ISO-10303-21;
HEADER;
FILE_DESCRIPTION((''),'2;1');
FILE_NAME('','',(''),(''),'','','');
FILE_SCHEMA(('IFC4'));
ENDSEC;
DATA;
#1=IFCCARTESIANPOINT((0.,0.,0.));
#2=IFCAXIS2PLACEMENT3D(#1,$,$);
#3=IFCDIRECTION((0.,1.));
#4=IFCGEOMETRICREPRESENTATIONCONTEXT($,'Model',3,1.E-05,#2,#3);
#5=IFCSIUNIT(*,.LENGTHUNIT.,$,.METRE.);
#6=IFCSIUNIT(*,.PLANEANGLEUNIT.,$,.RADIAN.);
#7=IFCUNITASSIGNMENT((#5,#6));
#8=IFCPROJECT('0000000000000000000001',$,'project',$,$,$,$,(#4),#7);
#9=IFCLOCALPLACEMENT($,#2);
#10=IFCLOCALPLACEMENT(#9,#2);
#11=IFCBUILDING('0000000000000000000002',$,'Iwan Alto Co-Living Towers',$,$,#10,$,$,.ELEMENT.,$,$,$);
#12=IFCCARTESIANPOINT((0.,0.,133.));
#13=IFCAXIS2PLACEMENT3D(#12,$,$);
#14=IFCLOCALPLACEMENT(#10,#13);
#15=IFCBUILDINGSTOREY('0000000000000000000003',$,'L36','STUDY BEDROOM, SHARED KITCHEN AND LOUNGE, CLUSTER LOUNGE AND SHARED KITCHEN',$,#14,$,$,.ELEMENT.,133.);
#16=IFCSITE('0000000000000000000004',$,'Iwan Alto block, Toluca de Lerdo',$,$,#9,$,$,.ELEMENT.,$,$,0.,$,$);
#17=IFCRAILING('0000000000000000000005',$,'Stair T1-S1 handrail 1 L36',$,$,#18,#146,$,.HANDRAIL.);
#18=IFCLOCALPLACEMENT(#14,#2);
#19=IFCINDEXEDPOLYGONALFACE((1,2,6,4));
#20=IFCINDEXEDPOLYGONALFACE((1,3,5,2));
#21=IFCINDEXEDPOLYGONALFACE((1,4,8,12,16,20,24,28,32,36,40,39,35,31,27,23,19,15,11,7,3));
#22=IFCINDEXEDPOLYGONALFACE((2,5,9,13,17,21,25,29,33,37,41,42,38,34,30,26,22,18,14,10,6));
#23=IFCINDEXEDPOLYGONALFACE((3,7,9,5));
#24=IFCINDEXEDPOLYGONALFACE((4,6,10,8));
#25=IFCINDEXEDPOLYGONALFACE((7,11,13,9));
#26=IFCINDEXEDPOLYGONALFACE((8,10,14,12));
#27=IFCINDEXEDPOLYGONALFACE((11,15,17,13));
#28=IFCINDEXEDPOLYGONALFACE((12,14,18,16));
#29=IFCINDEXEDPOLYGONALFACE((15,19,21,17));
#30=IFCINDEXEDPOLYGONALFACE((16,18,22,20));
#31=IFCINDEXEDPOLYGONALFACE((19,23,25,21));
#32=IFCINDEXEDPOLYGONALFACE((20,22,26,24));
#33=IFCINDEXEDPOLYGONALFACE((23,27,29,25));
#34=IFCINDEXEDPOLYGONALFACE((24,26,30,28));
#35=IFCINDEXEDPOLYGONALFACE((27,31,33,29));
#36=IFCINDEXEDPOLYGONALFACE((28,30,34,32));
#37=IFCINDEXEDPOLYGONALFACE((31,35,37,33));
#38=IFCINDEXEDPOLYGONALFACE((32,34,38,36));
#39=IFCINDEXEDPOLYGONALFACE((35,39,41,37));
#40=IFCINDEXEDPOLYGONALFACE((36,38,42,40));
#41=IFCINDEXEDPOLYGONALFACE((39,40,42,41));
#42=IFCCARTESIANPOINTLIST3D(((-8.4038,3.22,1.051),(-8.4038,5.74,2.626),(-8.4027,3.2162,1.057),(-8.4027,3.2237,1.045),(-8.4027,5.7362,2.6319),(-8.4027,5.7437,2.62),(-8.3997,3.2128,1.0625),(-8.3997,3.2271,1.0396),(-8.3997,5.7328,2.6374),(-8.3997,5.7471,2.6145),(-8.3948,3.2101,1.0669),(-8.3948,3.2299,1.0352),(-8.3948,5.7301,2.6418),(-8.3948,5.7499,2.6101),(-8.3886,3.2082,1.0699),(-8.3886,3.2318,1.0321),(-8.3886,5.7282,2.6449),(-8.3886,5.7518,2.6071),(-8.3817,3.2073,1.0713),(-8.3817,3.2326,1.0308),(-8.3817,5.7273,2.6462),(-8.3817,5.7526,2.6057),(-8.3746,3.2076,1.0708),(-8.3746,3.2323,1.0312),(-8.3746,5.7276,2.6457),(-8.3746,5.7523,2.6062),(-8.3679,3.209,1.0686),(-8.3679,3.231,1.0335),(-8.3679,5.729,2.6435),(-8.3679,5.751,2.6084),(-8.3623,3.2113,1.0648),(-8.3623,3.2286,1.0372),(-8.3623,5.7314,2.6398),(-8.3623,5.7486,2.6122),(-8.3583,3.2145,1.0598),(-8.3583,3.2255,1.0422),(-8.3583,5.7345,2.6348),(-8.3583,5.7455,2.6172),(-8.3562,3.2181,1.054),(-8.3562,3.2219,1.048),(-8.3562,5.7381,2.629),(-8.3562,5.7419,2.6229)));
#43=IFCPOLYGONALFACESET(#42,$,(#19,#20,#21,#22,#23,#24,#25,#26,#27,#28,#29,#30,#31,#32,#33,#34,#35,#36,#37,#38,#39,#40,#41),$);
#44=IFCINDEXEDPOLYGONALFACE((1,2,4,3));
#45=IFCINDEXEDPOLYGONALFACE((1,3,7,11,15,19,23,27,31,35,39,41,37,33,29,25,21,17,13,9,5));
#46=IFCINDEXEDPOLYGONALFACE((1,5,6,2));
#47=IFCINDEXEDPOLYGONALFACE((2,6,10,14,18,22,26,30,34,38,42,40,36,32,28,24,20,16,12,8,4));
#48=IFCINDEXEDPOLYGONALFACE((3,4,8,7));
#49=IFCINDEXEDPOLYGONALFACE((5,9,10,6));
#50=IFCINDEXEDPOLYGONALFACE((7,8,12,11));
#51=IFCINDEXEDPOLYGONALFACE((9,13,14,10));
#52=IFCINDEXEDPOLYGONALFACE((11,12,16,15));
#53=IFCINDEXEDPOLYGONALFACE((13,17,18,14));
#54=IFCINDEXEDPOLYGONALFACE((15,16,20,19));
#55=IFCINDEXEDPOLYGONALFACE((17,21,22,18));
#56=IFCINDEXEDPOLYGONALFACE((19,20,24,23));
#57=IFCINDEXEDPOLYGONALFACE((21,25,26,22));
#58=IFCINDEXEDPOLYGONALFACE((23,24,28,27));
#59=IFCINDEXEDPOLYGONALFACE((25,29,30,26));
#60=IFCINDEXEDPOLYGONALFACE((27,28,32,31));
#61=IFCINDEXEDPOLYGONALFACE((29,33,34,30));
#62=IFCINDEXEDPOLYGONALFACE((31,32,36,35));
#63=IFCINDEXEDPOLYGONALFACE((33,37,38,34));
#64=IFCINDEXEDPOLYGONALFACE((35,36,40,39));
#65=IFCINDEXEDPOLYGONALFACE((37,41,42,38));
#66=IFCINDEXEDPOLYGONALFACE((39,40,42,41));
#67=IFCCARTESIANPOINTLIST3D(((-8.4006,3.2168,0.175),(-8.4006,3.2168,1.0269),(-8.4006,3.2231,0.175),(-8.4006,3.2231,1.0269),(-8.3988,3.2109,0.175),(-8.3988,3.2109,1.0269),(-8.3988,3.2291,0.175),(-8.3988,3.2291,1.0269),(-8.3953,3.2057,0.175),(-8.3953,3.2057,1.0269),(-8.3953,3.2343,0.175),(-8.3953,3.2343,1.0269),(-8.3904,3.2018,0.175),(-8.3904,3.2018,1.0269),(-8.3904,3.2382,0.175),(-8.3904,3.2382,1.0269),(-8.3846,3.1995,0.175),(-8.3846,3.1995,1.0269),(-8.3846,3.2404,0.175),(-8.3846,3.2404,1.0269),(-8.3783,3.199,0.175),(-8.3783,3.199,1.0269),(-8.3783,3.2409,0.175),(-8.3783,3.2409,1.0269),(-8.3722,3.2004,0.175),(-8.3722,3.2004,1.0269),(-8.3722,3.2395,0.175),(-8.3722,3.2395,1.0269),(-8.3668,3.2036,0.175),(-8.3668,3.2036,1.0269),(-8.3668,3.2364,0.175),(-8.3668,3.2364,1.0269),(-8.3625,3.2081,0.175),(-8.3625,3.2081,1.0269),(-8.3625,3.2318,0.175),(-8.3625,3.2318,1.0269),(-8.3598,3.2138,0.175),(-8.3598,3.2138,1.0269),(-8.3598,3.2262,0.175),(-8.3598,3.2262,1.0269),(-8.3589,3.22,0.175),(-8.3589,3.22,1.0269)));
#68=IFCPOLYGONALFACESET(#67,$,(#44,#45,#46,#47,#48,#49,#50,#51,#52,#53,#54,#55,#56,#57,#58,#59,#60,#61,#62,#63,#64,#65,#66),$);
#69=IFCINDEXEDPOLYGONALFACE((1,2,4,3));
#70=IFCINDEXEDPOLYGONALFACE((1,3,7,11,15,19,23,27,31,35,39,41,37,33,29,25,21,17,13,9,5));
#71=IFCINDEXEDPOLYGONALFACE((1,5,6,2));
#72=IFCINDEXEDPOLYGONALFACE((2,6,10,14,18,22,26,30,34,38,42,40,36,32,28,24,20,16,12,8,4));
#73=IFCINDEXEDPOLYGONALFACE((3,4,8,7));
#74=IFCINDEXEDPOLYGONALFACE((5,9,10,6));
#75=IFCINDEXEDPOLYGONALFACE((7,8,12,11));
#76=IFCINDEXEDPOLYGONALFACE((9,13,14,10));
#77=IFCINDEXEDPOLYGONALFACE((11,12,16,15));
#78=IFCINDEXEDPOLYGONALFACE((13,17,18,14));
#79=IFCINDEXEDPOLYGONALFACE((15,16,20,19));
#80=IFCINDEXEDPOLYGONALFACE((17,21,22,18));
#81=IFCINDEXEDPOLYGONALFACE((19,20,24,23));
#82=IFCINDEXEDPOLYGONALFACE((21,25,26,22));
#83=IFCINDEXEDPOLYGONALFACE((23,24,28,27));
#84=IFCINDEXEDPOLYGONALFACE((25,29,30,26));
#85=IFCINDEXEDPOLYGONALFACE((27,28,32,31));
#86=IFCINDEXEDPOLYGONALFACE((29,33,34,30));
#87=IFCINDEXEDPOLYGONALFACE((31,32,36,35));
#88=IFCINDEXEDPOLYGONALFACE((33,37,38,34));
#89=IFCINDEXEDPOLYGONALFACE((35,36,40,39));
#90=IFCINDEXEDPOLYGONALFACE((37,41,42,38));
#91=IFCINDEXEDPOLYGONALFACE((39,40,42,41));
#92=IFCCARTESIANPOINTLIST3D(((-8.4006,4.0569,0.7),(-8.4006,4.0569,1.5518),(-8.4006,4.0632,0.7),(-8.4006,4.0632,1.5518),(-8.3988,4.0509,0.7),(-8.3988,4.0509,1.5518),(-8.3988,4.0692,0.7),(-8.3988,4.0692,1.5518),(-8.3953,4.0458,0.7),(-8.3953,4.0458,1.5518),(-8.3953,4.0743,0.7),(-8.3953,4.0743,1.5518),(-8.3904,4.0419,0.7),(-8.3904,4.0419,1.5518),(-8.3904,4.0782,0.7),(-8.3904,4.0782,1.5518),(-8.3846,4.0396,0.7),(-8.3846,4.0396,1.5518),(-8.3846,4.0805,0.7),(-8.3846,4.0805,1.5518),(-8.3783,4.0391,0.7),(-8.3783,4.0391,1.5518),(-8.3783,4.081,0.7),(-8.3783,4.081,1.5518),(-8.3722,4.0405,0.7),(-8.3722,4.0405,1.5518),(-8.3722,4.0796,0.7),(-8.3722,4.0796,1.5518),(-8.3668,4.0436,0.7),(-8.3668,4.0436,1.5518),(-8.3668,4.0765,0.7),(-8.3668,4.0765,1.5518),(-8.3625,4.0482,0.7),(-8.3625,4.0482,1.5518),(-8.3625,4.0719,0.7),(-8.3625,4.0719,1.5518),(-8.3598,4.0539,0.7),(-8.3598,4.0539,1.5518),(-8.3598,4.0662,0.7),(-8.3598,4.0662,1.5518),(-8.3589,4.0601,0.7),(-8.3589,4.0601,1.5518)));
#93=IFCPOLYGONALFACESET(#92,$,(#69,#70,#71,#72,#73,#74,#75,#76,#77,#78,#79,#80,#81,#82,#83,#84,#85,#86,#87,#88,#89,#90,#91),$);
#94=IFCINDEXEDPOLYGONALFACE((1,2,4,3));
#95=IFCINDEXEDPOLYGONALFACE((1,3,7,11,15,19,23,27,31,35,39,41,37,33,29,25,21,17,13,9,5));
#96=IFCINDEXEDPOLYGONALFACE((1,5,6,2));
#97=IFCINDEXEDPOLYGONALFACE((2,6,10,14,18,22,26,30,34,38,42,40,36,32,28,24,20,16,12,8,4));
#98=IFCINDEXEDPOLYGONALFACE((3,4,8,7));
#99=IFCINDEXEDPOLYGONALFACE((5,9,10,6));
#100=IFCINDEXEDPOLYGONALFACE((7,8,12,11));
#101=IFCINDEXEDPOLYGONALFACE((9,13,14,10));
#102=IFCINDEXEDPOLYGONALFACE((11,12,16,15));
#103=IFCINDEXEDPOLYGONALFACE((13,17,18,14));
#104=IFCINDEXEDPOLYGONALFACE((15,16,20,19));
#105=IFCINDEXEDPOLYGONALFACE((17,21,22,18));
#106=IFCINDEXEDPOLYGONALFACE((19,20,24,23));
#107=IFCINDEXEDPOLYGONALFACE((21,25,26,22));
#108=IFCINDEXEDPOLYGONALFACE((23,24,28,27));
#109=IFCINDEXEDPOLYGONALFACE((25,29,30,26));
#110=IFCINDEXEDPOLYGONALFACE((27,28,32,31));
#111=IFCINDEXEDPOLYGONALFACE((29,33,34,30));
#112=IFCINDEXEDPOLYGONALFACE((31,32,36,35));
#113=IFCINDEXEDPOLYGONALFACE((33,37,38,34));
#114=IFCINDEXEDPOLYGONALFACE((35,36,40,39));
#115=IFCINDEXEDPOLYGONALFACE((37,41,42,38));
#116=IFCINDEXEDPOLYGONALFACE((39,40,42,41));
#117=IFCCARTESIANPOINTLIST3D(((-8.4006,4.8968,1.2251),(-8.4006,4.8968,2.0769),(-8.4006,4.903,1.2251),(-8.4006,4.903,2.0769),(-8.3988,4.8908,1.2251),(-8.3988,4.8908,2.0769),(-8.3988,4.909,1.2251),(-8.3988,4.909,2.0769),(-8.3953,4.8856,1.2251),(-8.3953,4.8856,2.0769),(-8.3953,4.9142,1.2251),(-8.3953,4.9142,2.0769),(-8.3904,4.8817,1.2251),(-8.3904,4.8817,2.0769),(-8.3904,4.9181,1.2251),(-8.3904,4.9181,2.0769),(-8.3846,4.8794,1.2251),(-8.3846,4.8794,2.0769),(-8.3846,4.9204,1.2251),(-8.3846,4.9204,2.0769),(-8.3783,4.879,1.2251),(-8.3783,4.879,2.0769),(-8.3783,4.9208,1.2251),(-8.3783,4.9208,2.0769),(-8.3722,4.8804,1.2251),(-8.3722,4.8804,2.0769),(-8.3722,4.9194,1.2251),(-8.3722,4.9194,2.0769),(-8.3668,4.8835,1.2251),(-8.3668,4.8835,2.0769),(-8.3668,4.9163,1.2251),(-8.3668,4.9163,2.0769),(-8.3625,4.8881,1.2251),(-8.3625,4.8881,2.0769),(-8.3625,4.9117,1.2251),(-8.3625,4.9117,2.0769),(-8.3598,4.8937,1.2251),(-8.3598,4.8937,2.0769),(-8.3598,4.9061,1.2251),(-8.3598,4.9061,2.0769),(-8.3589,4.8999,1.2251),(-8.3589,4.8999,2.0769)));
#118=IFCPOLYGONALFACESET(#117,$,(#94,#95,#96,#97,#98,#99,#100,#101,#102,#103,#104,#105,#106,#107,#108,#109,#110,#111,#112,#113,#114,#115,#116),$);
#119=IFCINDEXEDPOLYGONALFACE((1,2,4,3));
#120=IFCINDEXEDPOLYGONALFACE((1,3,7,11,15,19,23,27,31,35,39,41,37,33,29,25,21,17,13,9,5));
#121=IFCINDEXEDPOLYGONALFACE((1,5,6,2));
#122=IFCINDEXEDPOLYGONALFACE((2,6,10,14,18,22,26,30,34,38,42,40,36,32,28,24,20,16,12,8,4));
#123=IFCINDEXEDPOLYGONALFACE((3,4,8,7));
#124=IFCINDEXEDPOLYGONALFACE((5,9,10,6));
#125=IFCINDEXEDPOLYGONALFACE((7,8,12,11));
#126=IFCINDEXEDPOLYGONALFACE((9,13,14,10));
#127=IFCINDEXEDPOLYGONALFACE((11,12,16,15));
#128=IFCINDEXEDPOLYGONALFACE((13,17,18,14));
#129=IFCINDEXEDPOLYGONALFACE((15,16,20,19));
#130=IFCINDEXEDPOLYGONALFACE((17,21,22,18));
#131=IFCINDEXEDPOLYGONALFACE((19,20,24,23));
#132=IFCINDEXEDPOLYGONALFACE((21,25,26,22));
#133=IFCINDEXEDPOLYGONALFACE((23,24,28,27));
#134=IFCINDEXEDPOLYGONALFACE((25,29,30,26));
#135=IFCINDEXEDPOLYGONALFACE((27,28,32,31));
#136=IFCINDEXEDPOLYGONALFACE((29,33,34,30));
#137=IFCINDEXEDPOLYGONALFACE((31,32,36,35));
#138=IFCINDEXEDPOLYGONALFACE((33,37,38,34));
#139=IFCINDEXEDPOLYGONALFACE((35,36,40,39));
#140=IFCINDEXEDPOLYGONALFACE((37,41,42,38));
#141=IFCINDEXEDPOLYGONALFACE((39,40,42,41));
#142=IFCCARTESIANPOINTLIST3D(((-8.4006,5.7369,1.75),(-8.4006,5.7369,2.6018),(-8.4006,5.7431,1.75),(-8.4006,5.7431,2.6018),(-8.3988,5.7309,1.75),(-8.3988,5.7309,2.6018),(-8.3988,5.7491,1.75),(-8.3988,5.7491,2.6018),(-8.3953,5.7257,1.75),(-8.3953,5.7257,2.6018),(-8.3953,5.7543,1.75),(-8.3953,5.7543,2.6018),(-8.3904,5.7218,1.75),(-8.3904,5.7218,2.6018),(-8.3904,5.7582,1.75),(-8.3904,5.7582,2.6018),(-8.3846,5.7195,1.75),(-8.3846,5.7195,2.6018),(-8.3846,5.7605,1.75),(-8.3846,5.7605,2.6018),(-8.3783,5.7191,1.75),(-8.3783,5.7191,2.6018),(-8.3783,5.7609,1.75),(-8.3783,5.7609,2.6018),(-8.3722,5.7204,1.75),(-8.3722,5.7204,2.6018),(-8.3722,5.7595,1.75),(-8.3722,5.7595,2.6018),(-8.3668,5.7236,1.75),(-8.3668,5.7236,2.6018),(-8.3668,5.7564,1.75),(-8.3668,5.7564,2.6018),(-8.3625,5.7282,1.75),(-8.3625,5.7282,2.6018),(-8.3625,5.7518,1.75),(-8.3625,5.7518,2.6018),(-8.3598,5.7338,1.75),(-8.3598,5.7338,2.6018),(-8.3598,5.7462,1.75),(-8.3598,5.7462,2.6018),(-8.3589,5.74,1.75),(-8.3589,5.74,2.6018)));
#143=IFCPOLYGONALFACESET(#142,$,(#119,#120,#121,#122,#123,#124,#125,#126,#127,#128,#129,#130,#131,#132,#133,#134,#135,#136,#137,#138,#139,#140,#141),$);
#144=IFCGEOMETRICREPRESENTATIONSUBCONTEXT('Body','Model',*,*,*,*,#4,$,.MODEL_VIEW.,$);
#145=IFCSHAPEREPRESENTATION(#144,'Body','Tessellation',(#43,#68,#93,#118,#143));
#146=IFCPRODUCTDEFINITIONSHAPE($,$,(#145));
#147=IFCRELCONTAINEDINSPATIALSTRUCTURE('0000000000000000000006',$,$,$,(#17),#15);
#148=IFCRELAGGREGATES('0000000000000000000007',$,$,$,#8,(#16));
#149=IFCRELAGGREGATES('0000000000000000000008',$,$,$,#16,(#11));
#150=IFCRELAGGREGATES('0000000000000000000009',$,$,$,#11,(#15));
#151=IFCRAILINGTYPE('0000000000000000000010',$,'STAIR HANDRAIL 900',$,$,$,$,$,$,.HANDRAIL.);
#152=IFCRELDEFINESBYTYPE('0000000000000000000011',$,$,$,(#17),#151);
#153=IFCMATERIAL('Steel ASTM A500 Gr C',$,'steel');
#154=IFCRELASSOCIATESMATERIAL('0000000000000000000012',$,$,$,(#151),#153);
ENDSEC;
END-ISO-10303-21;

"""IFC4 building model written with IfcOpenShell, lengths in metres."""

from ifc_helpers import new_model, si_unit, direction, frame, origin, origin_2d, place, context, subcontext, project, spatial, circle, extrude, material, type_object, element, save


model = new_model("IFC4")

# Units and contexts
model_context = context("Model", 3, precision=1e-05, world=origin(), true_north=direction((0.0, 1.0)))
body_context = subcontext(model_context, "Body", "Model", "MODEL_VIEW")
ifc_project = project(units=[si_unit("LENGTHUNIT", "METRE"), si_unit("PLANEANGLEUNIT", "RADIAN")], contexts=[model_context])

# Site, building, storey
site_placement = place(None, origin())
site = spatial("IfcSite", under=ifc_project, at=site_placement, Name="Iwan Alto block, Toluca de Lerdo", CompositionType="ELEMENT", RefElevation=0.0)
building_placement = place(site_placement, origin())
building = spatial("IfcBuilding", under=site, at=building_placement, Name="Iwan Alto Co-Living Towers", CompositionType="ELEMENT")
storey_placement = place(building_placement, frame((0.0, 0.0, 133.0)))
storey = spatial("IfcBuildingStorey", under=building, at=storey_placement, Name="L36", Description="STUDY BEDROOM, SHARED KITCHEN AND LOUNGE, CLUSTER LOUNGE AND SHARED KITCHEN", CompositionType="ELEMENT", Elevation=133.0)

# Railing
ifc_material_1 = material(Name="Steel ASTM A500 Gr C", Category="steel")
railing_type_1 = type_object("IfcRailingType", Name="STAIR HANDRAIL 900", PredefinedType="HANDRAIL", material=ifc_material_1)
railing_1_placement = place(storey_placement, frame((-8.3799, 3.22, 0.175)))
element("IfcRailing", 1, at=railing_1_placement, inside=storey, type_object=railing_type_1, Name="Stair T1-S1 handrail 1 L36", PredefinedType="HANDRAIL", context=body_context, shape_type="SweptSolid", body=[
    extrude(circle(Radius=0.0239, at=origin_2d()), frame((0.0, 0.0, 0.876), z_axis=(0.0, 0.848008, 0.529984), x_axis=(-1.0, 0.0, 0.0)), (0.0, 0.0, 1.0), 2.9717),
    extrude(circle(Radius=0.021, at=origin_2d()), origin(), (0.0, 0.0, 1.0), 0.8518),
    extrude(circle(Radius=0.021, at=origin_2d()), frame((0.0, 0.8401, 0.5249)), (0.0, 0.0, 1.0), 0.8518),
    extrude(circle(Radius=0.021, at=origin_2d()), frame((0.0, 1.6799, 1.05)), (0.0, 0.0, 1.0), 0.8518),
    extrude(circle(Radius=0.021, at=origin_2d()), frame((0.0, 2.52, 1.575)), (0.0, 0.0, 1.0), 0.8518),
])

save(model, "model.ifc")
